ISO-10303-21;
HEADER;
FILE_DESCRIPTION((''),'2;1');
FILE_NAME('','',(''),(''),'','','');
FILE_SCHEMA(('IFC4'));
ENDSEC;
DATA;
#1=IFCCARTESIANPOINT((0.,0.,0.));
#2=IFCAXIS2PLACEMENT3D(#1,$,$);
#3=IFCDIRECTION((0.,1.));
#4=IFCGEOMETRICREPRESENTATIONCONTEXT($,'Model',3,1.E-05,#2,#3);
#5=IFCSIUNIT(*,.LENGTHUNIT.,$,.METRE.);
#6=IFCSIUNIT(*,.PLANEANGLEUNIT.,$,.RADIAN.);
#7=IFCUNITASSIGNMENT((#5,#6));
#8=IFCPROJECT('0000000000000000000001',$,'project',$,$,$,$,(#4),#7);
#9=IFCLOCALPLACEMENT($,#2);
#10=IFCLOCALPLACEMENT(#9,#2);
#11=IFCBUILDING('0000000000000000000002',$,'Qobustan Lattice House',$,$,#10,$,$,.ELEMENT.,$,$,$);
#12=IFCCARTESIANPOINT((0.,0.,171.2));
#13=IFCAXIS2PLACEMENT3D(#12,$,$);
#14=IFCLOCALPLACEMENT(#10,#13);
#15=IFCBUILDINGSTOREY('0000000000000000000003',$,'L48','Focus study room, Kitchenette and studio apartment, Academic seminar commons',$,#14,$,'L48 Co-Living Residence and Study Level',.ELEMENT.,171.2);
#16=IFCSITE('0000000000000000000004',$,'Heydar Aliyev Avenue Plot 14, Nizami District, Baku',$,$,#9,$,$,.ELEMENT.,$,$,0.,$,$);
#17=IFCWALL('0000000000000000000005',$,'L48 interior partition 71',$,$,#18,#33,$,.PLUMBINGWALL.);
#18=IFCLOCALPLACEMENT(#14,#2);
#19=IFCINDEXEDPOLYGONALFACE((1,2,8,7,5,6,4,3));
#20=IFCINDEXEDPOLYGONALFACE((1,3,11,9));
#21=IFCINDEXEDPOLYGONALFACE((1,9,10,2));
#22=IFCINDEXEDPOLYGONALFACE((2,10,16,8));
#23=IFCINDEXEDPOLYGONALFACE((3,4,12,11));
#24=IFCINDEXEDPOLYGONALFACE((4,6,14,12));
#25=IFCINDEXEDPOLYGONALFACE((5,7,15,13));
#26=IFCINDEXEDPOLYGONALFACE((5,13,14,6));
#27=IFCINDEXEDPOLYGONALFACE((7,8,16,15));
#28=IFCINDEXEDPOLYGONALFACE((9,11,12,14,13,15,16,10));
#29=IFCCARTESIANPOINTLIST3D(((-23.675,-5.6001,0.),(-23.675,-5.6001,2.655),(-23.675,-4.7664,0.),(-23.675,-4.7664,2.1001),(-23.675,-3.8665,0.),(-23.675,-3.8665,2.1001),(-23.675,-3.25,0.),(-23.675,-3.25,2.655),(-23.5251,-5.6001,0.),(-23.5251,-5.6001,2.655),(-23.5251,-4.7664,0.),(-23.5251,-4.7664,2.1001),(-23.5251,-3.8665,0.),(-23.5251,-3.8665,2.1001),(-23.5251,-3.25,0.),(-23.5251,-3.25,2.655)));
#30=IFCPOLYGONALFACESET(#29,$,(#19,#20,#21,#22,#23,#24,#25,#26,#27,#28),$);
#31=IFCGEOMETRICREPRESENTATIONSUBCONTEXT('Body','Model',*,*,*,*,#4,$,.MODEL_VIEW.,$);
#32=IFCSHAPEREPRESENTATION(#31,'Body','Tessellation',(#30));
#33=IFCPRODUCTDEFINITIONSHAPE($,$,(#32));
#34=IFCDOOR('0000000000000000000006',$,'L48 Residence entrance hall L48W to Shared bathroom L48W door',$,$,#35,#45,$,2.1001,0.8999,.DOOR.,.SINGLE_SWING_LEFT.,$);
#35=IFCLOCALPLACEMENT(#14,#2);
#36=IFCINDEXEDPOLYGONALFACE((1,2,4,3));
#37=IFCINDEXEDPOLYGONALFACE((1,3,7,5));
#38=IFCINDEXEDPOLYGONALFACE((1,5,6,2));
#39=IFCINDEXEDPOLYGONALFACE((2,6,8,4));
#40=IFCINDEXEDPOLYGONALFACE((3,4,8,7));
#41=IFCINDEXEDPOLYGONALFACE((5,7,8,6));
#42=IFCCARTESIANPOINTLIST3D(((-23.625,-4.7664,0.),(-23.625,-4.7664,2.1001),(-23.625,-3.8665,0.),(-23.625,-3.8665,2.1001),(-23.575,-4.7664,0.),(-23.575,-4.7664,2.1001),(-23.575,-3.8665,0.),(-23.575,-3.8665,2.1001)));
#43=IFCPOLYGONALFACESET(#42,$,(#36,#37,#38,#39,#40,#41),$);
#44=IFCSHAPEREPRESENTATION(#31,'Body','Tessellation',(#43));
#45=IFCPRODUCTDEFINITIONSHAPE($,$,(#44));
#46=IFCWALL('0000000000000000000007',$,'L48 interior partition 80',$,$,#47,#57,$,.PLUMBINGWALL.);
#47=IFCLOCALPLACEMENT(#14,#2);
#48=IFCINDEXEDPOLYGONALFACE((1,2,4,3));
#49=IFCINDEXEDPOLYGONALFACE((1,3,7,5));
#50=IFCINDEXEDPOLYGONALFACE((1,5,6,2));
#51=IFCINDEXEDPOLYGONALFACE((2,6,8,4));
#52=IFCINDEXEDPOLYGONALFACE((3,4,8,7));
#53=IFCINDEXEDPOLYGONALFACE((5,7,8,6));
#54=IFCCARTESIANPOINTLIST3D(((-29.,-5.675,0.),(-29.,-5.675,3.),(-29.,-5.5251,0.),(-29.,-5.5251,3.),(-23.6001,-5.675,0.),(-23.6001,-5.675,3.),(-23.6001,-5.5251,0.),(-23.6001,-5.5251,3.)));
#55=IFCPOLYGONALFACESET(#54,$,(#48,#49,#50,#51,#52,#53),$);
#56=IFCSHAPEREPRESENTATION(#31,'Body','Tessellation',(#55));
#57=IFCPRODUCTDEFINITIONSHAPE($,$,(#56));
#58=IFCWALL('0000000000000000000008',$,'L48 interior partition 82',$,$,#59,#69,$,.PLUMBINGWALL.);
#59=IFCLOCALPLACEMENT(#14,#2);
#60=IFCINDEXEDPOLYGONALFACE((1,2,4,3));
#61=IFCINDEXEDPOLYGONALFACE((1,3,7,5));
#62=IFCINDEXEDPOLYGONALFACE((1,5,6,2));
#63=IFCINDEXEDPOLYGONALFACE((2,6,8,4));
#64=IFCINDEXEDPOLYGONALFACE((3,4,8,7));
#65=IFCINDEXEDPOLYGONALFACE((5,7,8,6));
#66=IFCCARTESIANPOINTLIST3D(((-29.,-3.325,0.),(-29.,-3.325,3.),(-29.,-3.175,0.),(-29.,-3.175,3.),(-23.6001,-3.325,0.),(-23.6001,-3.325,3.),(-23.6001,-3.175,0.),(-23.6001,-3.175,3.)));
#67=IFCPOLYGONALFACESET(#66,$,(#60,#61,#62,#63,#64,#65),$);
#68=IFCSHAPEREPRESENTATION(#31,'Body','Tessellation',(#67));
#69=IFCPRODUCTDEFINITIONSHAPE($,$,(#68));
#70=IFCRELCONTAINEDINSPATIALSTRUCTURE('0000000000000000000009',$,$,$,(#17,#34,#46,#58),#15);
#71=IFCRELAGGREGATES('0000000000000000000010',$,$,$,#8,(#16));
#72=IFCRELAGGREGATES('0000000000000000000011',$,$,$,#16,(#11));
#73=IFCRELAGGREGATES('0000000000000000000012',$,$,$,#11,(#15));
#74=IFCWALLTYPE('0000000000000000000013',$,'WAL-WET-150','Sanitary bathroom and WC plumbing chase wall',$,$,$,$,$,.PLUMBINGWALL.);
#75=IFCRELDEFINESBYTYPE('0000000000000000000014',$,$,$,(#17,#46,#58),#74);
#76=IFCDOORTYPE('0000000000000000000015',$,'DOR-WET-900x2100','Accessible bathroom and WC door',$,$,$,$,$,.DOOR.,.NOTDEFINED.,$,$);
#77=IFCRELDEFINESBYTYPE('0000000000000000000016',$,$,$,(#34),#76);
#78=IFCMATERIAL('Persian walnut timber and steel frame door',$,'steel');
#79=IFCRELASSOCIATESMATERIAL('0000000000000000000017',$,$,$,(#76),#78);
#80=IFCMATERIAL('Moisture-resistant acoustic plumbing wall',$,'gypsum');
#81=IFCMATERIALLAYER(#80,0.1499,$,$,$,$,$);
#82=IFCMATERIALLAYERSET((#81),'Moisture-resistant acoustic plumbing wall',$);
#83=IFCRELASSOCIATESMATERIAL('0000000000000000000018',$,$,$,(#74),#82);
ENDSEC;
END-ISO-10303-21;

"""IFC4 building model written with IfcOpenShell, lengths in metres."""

from ifc_helpers import new_model, si_unit, direction, frame, frame_2d, origin, place, context, subcontext, project, spatial, rectangle, extrude, material, layer, layer_set, type_object, element, fill, save


model = new_model("IFC4")

# Units and contexts
model_context = context("Model", 3, precision=1e-05, world=origin(), true_north=direction((0.0, 1.0)))
body_context = subcontext(model_context, "Body", "Model", "MODEL_VIEW")
ifc_project = project(units=[si_unit("LENGTHUNIT", "METRE"), si_unit("PLANEANGLEUNIT", "RADIAN")], contexts=[model_context])

# Site, building, storey
site_placement = place(None, origin())
site = spatial("IfcSite", under=ifc_project, at=site_placement, Name="Heydar Aliyev Avenue Plot 14, Nizami District, Baku", CompositionType="ELEMENT", RefElevation=0.0)
building_placement = place(site_placement, origin())
building = spatial("IfcBuilding", under=site, at=building_placement, Name="Qobustan Lattice House", CompositionType="ELEMENT")
storey_placement = place(building_placement, frame((0.0, 0.0, 171.2)))
storey = spatial("IfcBuildingStorey", under=building, at=storey_placement, Name="L48", Description="Focus study room, Kitchenette and studio apartment, Academic seminar commons", LongName="L48 Co-Living Residence and Study Level", CompositionType="ELEMENT", Elevation=171.2)

# Shared definitions
ifc_material_1 = material(Name="Persian walnut timber and steel frame door", Category="steel")
door_type_1 = type_object("IfcDoorType", Name="DOR-WET-900x2100", Description="Accessible bathroom and WC door", OperationType="NOTDEFINED", PredefinedType="DOOR", material=ifc_material_1)

# Wall, opening, door
ifc_material_2 = material(Name="Moisture-resistant acoustic plumbing wall", Category="gypsum")
ifc_layer_1 = layer(ifc_material_2, 0.1499)
ifc_layer_set_1 = layer_set([ifc_layer_1], Name="Moisture-resistant acoustic plumbing wall")
wall_type_1 = type_object("IfcWallType", Name="WAL-WET-150", Description="Sanitary bathroom and WC plumbing chase wall", PredefinedType="PLUMBINGWALL", material=ifc_layer_set_1)
wall_1_placement = place(storey_placement, frame((-23.6001, -5.6001, 0.0), z_axis=(0.0, 0.0, 1.0), x_axis=(0.0, 1.0, 0.0)))
wall_1 = element("IfcWall", 1, at=wall_1_placement, inside=storey, type_object=wall_type_1, Name="L48 interior partition 71", PredefinedType="PLUMBINGWALL", context=body_context, shape_type="SweptSolid", body=[
    extrude(rectangle(XDim=2.3501, YDim=0.1499, at=frame_2d((1.175, 0.0))), origin(), (0.0, 0.0, 1.0), 2.655),
])
opening_1_placement = place(wall_1_placement, frame((0.8337, 0.0, 0.0)))
opening_1 = element("IfcOpeningElement", 2, at=opening_1_placement, cuts=wall_1, PredefinedType="OPENING", context=body_context, shape_type="SweptSolid", body=[
    extrude(rectangle(XDim=0.8999, YDim=2.1001, at=frame_2d((0.45, 1.05))), frame((0.0, 0.085, 0.0), z_axis=(0.0, -1.0, 0.0), x_axis=(1.0, 0.0, 0.0)), (0.0, 0.0, 1.0), 0.1699),
])
door_1_placement = place(opening_1_placement, origin())
door_1 = element("IfcDoor", 3, at=door_1_placement, inside=storey, type_object=door_type_1, Name="L48 Residence entrance hall L48W to Shared bathroom L48W door", OperationType="SINGLE_SWING_LEFT", OverallHeight=2.1001, OverallWidth=0.8999, PredefinedType="DOOR", context=body_context, shape_type="SweptSolid", body=[
    extrude(rectangle(XDim=0.8999, YDim=2.1001, at=frame_2d((0.45, 1.05))), frame((0.0, 0.0249, 0.0), z_axis=(0.0, -1.0, 0.0), x_axis=(1.0, 0.0, 0.0)), (0.0, 0.0, 1.0), 0.05),
])
fill(opening_1, door_1)

# Walls
for number, where, z_axis, x_axis, name in (
    (4, (-29.0, -5.6001, 0.0), (0.0, 0.0, 1.0), (1.0, 0.0, 0.0), "L48 interior partition 80"),
    (5, (-29.0, -3.25, 0.0), (0.0, 0.0, 1.0), (1.0, 0.0, 0.0), "L48 interior partition 82"),
):
    element("IfcWall", number, at=place(storey_placement, frame(where, z_axis=z_axis, x_axis=x_axis)), inside=storey, type_object=wall_type_1, Name=name, PredefinedType="PLUMBINGWALL", context=body_context, shape_type="SweptSolid", body=[
        extrude(rectangle(XDim=5.3999, YDim=0.1499, at=frame_2d((2.7, 0.0))), origin(), (0.0, 0.0, 1.0), 3.0),
    ])

save(model, "model.ifc")
